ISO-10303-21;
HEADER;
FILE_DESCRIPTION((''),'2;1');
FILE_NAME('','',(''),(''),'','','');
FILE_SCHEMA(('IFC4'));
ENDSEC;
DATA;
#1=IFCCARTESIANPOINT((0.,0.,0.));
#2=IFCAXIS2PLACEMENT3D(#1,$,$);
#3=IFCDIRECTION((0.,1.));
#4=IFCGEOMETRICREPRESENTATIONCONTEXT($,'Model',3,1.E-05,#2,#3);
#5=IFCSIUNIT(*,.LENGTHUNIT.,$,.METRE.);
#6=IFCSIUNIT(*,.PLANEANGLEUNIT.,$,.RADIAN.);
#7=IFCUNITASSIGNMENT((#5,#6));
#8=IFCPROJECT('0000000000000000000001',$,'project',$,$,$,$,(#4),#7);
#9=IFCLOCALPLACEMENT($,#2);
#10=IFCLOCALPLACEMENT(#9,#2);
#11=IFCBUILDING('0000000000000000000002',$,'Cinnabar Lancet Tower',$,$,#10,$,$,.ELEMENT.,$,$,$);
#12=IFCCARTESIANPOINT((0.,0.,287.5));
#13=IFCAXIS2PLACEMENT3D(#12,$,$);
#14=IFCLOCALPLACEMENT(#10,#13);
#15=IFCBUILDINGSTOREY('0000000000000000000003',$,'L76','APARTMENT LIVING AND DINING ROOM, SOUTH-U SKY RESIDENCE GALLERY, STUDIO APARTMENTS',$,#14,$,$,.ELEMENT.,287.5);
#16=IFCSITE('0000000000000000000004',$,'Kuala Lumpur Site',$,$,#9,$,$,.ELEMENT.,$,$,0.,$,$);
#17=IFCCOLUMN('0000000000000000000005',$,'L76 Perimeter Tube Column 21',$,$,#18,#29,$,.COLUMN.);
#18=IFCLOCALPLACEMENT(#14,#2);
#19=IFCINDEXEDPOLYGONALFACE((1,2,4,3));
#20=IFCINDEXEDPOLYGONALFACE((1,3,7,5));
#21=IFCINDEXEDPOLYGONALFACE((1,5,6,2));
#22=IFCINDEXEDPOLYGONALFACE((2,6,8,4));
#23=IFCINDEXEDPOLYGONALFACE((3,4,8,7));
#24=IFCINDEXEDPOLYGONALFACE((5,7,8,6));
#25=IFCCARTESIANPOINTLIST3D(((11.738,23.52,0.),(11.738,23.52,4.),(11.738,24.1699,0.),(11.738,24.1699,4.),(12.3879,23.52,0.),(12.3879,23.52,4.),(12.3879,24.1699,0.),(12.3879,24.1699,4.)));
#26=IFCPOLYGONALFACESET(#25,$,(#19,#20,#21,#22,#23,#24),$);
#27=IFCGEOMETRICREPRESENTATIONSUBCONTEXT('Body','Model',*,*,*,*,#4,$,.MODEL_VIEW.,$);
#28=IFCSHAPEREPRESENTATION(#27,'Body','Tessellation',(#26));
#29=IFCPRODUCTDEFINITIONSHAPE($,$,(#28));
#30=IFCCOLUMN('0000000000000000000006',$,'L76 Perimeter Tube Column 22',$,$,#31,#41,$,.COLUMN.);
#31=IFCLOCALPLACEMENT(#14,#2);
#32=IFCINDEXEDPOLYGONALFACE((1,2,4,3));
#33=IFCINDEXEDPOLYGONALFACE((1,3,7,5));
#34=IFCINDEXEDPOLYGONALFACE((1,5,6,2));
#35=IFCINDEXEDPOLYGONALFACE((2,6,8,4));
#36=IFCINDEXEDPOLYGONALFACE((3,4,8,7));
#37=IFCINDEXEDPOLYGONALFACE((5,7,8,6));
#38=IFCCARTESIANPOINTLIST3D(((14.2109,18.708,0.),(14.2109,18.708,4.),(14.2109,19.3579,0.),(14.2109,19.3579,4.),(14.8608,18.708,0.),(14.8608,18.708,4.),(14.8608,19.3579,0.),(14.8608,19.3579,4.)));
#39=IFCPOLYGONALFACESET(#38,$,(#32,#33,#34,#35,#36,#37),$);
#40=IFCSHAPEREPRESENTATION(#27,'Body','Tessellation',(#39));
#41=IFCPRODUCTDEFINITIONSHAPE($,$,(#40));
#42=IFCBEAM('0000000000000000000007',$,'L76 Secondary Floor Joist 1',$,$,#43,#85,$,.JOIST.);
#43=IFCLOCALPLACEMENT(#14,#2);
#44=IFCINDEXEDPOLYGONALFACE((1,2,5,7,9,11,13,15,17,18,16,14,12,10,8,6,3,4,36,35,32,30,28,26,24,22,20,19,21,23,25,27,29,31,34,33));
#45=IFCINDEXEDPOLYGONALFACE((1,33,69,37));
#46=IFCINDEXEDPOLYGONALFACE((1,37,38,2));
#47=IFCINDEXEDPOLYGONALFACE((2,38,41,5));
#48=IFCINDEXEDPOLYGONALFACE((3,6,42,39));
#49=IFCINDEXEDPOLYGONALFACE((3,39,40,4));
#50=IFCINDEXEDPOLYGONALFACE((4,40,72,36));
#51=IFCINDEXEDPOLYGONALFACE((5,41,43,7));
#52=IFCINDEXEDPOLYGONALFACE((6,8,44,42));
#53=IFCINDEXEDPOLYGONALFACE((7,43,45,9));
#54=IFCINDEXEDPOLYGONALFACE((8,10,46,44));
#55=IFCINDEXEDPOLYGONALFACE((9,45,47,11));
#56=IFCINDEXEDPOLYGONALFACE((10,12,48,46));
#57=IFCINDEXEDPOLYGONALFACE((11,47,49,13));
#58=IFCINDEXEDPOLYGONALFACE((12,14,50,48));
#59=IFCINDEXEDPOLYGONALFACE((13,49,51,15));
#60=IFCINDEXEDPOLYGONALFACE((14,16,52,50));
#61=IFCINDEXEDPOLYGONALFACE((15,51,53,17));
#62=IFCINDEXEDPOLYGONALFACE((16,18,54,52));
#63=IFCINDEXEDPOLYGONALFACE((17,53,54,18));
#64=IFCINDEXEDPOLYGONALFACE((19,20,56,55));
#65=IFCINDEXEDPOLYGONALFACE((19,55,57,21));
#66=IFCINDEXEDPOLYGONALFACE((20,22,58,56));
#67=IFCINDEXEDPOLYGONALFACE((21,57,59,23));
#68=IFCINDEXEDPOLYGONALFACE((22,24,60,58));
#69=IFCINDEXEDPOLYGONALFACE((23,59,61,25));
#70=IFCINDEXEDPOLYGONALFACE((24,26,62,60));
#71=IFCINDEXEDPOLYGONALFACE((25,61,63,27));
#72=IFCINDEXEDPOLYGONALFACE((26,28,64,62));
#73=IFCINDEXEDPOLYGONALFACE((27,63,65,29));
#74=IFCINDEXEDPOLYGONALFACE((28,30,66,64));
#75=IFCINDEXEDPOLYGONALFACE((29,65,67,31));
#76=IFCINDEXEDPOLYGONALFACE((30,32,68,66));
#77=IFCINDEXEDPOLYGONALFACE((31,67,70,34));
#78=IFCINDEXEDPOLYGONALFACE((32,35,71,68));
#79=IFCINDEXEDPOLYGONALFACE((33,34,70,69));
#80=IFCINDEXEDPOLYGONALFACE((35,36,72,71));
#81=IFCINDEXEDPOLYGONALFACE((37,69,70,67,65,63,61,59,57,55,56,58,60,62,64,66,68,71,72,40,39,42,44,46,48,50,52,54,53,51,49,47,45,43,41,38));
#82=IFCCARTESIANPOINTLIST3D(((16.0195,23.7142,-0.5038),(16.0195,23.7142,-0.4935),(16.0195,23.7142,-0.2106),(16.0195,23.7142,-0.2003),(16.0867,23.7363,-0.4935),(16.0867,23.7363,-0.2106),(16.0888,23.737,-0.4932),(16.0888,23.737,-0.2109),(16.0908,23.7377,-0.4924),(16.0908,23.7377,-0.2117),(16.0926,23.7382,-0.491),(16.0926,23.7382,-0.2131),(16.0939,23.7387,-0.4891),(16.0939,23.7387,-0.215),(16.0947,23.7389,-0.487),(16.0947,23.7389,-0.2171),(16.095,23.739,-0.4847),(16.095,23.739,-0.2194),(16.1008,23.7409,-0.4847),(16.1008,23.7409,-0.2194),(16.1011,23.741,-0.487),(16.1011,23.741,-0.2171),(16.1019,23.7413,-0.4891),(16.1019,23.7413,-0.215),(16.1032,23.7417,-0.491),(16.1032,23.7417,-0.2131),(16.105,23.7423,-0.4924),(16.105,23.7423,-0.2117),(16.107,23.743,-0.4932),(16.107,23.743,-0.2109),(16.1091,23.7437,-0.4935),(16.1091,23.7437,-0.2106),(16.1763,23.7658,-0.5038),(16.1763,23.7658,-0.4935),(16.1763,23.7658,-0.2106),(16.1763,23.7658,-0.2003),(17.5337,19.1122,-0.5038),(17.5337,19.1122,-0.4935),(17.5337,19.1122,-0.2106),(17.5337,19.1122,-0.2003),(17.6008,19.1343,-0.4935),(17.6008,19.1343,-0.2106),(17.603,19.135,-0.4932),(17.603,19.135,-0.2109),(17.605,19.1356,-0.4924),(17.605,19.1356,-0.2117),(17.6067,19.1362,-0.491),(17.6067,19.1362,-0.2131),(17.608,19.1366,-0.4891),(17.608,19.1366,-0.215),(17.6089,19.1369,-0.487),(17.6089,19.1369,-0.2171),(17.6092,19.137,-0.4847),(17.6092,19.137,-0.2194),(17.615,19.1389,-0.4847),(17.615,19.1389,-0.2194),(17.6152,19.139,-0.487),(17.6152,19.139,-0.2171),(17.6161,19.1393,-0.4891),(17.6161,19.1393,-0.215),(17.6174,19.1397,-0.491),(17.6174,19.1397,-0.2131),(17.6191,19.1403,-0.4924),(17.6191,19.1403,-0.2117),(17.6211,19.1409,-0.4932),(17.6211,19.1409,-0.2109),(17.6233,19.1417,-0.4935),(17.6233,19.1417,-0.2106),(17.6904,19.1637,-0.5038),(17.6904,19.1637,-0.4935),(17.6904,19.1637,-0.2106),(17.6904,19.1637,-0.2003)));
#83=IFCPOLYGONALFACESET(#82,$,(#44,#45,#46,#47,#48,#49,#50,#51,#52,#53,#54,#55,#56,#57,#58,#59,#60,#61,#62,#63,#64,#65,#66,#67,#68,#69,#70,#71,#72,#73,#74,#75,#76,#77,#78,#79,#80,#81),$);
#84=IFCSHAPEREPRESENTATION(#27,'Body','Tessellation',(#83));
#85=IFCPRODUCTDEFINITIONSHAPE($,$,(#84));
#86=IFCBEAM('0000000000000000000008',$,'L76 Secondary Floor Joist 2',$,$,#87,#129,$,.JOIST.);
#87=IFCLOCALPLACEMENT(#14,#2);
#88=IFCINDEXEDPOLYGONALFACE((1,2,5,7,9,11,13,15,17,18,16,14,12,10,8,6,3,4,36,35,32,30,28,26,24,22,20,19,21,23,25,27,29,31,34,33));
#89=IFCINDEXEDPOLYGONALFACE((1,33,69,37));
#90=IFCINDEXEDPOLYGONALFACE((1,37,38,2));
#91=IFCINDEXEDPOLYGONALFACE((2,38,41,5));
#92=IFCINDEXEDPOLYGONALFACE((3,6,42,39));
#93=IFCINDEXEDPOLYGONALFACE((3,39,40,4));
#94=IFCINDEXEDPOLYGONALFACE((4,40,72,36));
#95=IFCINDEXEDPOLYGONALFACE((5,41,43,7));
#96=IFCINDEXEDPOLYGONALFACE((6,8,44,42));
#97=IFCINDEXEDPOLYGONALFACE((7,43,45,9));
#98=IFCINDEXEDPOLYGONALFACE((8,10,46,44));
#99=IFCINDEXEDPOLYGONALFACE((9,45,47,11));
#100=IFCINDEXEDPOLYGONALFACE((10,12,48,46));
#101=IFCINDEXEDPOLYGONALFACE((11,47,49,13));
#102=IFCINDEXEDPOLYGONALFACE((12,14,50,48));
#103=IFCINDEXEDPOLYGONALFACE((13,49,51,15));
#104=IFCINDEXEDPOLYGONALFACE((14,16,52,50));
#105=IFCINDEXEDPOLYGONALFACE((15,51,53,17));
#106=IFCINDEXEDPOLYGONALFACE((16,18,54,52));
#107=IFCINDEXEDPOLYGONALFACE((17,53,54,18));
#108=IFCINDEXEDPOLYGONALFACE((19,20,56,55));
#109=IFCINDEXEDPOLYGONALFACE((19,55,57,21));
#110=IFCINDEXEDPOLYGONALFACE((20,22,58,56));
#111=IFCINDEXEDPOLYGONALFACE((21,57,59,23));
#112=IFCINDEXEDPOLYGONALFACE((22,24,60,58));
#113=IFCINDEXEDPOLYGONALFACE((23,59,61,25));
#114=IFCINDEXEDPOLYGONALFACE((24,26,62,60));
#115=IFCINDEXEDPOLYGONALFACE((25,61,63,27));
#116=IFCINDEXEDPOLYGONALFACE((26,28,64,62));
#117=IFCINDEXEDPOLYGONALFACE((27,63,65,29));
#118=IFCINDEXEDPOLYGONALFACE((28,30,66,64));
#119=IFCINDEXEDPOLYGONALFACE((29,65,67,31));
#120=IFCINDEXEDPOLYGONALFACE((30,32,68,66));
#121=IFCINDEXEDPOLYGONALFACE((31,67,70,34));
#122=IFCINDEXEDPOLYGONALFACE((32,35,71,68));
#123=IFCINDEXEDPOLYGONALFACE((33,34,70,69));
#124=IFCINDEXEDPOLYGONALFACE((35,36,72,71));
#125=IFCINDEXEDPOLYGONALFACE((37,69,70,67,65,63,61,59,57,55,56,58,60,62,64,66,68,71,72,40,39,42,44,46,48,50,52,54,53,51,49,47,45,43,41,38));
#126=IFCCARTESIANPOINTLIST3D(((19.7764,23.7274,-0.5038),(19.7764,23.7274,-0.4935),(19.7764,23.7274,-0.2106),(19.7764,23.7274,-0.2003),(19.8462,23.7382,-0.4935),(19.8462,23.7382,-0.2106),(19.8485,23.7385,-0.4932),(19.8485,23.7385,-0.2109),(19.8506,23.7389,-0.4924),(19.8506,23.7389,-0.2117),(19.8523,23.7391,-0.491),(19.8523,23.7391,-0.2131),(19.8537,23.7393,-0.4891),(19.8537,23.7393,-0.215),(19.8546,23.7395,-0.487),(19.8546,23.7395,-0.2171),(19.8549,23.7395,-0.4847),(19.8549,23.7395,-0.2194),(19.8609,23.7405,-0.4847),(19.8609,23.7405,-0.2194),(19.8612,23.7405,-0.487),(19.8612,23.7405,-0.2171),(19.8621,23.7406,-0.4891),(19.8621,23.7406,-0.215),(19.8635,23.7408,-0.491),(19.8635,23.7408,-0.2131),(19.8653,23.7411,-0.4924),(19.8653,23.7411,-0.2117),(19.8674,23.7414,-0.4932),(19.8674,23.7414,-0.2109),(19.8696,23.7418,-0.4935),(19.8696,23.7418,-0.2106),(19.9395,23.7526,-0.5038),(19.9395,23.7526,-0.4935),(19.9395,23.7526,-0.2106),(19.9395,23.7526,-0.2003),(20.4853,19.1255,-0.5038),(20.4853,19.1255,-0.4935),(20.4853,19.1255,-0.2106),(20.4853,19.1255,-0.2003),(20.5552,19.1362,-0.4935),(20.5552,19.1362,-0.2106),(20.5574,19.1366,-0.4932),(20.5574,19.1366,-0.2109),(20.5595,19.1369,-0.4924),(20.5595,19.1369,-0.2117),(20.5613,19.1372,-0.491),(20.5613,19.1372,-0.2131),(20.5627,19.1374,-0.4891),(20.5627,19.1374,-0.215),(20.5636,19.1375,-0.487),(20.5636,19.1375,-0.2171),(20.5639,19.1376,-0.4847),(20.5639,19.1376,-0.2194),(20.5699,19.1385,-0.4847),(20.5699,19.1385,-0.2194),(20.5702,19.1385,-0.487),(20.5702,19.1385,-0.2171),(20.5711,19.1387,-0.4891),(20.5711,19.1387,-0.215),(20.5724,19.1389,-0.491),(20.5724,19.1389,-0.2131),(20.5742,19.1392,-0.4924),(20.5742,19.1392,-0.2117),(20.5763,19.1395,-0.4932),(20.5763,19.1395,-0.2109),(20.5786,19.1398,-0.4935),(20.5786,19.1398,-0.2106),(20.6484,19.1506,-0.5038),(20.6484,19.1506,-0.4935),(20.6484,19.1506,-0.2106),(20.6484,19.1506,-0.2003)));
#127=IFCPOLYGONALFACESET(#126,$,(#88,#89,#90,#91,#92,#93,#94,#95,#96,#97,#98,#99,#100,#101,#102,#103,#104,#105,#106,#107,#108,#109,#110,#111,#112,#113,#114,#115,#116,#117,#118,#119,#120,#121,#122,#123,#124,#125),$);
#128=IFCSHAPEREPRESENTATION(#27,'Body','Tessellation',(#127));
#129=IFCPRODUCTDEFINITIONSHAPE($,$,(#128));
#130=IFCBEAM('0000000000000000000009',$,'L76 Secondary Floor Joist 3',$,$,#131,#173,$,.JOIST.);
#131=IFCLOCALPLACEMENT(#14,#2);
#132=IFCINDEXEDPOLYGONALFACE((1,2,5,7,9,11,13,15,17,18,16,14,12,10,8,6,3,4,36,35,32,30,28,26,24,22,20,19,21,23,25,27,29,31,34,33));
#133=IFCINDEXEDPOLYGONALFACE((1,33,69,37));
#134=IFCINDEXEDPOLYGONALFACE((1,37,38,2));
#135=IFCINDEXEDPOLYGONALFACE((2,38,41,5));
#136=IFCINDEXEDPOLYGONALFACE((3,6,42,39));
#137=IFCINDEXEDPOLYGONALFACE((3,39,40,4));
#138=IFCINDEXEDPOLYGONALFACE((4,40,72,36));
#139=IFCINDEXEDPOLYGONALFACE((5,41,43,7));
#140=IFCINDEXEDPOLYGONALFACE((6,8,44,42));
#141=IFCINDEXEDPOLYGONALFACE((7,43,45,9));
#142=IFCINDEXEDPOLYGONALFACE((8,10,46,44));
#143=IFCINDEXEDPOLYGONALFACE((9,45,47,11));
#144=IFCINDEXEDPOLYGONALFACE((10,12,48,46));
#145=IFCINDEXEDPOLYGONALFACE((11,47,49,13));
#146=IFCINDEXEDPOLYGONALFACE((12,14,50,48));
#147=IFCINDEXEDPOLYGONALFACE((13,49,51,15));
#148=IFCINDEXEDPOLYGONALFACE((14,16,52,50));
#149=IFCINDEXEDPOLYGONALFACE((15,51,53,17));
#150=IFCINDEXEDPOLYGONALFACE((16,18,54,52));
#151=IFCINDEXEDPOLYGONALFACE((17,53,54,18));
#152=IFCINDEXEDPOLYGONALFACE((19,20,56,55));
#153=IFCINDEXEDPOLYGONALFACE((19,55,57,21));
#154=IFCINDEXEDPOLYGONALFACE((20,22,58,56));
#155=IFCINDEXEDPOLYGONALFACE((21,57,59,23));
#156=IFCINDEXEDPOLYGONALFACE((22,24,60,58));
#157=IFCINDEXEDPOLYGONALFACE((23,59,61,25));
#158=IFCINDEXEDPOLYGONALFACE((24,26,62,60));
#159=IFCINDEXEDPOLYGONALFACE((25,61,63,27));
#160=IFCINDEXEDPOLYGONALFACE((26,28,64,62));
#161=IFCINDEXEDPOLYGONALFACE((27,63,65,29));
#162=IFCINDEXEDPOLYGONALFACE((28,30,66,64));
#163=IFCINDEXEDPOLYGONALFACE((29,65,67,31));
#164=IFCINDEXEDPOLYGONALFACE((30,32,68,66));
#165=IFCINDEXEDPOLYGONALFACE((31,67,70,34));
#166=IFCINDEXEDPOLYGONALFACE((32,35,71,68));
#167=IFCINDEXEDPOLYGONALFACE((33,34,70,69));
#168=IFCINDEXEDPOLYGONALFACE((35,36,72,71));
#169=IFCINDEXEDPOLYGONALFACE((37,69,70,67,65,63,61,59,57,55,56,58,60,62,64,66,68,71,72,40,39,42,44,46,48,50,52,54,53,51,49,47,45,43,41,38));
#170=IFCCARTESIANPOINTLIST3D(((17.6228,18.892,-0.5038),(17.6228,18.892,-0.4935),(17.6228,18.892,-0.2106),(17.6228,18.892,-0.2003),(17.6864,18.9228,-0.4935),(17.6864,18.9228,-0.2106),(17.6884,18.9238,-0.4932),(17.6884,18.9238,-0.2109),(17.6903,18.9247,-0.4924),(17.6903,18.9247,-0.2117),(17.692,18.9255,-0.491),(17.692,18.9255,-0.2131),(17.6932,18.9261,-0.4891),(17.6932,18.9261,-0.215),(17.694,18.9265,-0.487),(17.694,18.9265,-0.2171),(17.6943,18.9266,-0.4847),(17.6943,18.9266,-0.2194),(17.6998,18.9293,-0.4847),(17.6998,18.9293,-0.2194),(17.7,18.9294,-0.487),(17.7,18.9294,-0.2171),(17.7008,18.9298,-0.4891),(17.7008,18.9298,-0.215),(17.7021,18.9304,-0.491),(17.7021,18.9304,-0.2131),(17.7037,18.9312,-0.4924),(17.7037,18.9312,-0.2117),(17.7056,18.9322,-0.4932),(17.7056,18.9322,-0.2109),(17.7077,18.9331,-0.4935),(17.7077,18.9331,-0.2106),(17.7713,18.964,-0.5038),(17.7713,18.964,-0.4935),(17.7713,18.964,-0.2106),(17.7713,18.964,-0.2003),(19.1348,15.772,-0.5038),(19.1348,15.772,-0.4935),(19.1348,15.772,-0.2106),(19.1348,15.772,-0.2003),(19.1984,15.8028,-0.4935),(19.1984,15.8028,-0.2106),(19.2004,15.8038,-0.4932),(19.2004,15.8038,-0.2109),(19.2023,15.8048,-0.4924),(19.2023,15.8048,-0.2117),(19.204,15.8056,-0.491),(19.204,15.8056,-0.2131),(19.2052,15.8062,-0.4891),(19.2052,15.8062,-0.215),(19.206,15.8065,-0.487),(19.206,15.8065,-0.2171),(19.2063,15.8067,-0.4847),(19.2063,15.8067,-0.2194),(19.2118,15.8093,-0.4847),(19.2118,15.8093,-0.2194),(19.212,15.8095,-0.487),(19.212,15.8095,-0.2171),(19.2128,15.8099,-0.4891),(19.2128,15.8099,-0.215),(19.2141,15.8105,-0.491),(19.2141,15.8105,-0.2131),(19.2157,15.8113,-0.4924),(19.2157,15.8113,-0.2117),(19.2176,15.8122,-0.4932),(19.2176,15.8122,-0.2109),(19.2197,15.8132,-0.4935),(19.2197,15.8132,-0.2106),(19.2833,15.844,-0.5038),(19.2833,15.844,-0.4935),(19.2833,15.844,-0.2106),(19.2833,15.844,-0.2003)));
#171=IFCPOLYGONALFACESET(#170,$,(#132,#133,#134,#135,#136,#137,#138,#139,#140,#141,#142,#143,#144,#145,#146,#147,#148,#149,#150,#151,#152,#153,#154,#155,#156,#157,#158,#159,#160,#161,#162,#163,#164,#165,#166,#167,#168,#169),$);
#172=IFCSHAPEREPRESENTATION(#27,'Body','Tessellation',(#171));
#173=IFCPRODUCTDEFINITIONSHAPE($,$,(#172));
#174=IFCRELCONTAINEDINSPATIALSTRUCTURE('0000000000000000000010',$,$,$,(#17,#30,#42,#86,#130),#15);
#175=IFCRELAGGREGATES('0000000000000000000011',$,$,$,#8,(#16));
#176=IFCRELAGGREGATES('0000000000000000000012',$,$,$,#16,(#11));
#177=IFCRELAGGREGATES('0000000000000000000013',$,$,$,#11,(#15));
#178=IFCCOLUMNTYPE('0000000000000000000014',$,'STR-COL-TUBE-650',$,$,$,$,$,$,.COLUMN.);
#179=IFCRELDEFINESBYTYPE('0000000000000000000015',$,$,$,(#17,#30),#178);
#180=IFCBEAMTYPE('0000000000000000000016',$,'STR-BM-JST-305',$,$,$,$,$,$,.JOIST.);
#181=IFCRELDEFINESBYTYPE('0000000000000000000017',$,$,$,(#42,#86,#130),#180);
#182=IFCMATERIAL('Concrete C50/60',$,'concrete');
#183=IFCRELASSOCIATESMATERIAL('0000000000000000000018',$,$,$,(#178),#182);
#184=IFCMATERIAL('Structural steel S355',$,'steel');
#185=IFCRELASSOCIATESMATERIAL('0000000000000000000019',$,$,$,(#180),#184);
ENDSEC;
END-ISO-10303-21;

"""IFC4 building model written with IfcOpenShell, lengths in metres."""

from ifc_helpers import new_model, si_unit, direction, frame, origin, origin_2d, place, context, subcontext, project, spatial, rectangle, i_section, extrude, material, material_profile, profile_set, type_object, element, save


model = new_model("IFC4")

# Units and contexts
model_context = context("Model", 3, precision=1e-05, world=origin(), true_north=direction((0.0, 1.0)))
body_context = subcontext(model_context, "Body", "Model", "MODEL_VIEW")
ifc_project = project(units=[si_unit("LENGTHUNIT", "METRE"), si_unit("PLANEANGLEUNIT", "RADIAN")], contexts=[model_context])

# Site, building, storey
site_placement = place(None, origin())
site = spatial("IfcSite", under=ifc_project, at=site_placement, Name="Kuala Lumpur Site", CompositionType="ELEMENT", RefElevation=0.0)
building_placement = place(site_placement, origin())
building = spatial("IfcBuilding", under=site, at=building_placement, Name="Cinnabar Lancet Tower", CompositionType="ELEMENT")
storey_placement = place(building_placement, frame((0.0, 0.0, 287.5)))
storey = spatial("IfcBuildingStorey", under=building, at=storey_placement, Name="L76", Description="APARTMENT LIVING AND DINING ROOM, SOUTH-U SKY RESIDENCE GALLERY, STUDIO APARTMENTS", CompositionType="ELEMENT", Elevation=287.5)

# Columns
ifc_material_1 = material(Name="Concrete C50/60", Category="concrete")
ifc_material_profile_1 = material_profile(ifc_material_1, rectangle(XDim=0.6499, YDim=0.6499, at=origin_2d()), Name="RC-COL 650x650")
ifc_profile_set_1 = profile_set([ifc_material_profile_1], Name="Concrete C50/60")
column_type = type_object("IfcColumnType", Name="STR-COL-TUBE-650", PredefinedType="COLUMN", material=ifc_profile_set_1)
for number, where, z_axis, x_axis, name in (
    (1, (12.063, 23.845, 0.0), (0.0, 0.0, 1.0), (1.0, 0.0, 0.0), "L76 Perimeter Tube Column 21"),
    (2, (14.5359, 19.033, 0.0), (0.0, 0.0, 1.0), (1.0, 0.0, 0.0), "L76 Perimeter Tube Column 22"),
):
    element("IfcColumn", number, at=place(storey_placement, frame(where, z_axis=z_axis, x_axis=x_axis)), inside=storey, type_object=column_type, Name=name, PredefinedType="COLUMN", context=body_context, shape_type="SweptSolid", body=[
        extrude(rectangle(XDim=0.6499, YDim=0.6499, at=origin_2d()), origin(), (0.0, 0.0, 1.0), 4.0),
    ])

# Beams
ifc_material_2 = material(Name="Structural steel S355", Category="steel")
ifc_material_profile_2 = material_profile(ifc_material_2, i_section(OverallWidth=0.165, OverallDepth=0.3035, WebThickness=0.0061, FlangeThickness=0.0103, FilletRadius=0.0088, at=origin_2d()), Name="UKB 305x165x40")
ifc_profile_set_2 = profile_set([ifc_material_profile_2], Name="Structural steel S355")
beam_type_1 = type_object("IfcBeamType", Name="STR-BM-JST-305", PredefinedType="JOIST", material=ifc_profile_set_2)
beam_1_placement = place(storey_placement, frame((16.0979, 23.74, -0.3521), z_axis=(0.312537, -0.949906, 0.0), x_axis=(0.949906, 0.312537, 0.0)))
element("IfcBeam", 3, at=beam_1_placement, inside=storey, type_object=beam_type_1, Name="L76 Secondary Floor Joist 1", PredefinedType="JOIST", context=body_context, shape_type="SweptSolid", body=[
    extrude(i_section(OverallWidth=0.165, OverallDepth=0.3035, WebThickness=0.0061, FlangeThickness=0.0103, FilletRadius=0.0088, at=origin_2d()), origin(), (0.0, 0.0, 1.0), 4.8447),
])
beam_2_placement = place(storey_placement, frame((19.8579, 23.74, -0.3521), z_axis=(0.152262, -0.98834, 0.0), x_axis=(0.98834, 0.152262, 0.0)))
element("IfcBeam", 4, at=beam_2_placement, inside=storey, type_object=beam_type_1, Name="L76 Secondary Floor Joist 2", PredefinedType="JOIST", context=body_context, shape_type="SweptSolid", body=[
    extrude(i_section(OverallWidth=0.165, OverallDepth=0.3035, WebThickness=0.0061, FlangeThickness=0.0103, FilletRadius=0.0088, at=origin_2d()), origin(), (0.0, 0.0, 1.0), 4.6562),
])
beam_3_placement = place(storey_placement, frame((17.697, 18.928, -0.3521), z_axis=(0.436109, -0.899894, 0.0), x_axis=(0.899894, 0.436109, 0.0)))
element("IfcBeam", 5, at=beam_3_placement, inside=storey, type_object=beam_type_1, Name="L76 Secondary Floor Joist 3", PredefinedType="JOIST", context=body_context, shape_type="SweptSolid", body=[
    extrude(i_section(OverallWidth=0.165, OverallDepth=0.3035, WebThickness=0.0061, FlangeThickness=0.0103, FilletRadius=0.0088, at=origin_2d()), origin(), (0.0, 0.0, 1.0), 3.467),
])

save(model, "model.ifc")
